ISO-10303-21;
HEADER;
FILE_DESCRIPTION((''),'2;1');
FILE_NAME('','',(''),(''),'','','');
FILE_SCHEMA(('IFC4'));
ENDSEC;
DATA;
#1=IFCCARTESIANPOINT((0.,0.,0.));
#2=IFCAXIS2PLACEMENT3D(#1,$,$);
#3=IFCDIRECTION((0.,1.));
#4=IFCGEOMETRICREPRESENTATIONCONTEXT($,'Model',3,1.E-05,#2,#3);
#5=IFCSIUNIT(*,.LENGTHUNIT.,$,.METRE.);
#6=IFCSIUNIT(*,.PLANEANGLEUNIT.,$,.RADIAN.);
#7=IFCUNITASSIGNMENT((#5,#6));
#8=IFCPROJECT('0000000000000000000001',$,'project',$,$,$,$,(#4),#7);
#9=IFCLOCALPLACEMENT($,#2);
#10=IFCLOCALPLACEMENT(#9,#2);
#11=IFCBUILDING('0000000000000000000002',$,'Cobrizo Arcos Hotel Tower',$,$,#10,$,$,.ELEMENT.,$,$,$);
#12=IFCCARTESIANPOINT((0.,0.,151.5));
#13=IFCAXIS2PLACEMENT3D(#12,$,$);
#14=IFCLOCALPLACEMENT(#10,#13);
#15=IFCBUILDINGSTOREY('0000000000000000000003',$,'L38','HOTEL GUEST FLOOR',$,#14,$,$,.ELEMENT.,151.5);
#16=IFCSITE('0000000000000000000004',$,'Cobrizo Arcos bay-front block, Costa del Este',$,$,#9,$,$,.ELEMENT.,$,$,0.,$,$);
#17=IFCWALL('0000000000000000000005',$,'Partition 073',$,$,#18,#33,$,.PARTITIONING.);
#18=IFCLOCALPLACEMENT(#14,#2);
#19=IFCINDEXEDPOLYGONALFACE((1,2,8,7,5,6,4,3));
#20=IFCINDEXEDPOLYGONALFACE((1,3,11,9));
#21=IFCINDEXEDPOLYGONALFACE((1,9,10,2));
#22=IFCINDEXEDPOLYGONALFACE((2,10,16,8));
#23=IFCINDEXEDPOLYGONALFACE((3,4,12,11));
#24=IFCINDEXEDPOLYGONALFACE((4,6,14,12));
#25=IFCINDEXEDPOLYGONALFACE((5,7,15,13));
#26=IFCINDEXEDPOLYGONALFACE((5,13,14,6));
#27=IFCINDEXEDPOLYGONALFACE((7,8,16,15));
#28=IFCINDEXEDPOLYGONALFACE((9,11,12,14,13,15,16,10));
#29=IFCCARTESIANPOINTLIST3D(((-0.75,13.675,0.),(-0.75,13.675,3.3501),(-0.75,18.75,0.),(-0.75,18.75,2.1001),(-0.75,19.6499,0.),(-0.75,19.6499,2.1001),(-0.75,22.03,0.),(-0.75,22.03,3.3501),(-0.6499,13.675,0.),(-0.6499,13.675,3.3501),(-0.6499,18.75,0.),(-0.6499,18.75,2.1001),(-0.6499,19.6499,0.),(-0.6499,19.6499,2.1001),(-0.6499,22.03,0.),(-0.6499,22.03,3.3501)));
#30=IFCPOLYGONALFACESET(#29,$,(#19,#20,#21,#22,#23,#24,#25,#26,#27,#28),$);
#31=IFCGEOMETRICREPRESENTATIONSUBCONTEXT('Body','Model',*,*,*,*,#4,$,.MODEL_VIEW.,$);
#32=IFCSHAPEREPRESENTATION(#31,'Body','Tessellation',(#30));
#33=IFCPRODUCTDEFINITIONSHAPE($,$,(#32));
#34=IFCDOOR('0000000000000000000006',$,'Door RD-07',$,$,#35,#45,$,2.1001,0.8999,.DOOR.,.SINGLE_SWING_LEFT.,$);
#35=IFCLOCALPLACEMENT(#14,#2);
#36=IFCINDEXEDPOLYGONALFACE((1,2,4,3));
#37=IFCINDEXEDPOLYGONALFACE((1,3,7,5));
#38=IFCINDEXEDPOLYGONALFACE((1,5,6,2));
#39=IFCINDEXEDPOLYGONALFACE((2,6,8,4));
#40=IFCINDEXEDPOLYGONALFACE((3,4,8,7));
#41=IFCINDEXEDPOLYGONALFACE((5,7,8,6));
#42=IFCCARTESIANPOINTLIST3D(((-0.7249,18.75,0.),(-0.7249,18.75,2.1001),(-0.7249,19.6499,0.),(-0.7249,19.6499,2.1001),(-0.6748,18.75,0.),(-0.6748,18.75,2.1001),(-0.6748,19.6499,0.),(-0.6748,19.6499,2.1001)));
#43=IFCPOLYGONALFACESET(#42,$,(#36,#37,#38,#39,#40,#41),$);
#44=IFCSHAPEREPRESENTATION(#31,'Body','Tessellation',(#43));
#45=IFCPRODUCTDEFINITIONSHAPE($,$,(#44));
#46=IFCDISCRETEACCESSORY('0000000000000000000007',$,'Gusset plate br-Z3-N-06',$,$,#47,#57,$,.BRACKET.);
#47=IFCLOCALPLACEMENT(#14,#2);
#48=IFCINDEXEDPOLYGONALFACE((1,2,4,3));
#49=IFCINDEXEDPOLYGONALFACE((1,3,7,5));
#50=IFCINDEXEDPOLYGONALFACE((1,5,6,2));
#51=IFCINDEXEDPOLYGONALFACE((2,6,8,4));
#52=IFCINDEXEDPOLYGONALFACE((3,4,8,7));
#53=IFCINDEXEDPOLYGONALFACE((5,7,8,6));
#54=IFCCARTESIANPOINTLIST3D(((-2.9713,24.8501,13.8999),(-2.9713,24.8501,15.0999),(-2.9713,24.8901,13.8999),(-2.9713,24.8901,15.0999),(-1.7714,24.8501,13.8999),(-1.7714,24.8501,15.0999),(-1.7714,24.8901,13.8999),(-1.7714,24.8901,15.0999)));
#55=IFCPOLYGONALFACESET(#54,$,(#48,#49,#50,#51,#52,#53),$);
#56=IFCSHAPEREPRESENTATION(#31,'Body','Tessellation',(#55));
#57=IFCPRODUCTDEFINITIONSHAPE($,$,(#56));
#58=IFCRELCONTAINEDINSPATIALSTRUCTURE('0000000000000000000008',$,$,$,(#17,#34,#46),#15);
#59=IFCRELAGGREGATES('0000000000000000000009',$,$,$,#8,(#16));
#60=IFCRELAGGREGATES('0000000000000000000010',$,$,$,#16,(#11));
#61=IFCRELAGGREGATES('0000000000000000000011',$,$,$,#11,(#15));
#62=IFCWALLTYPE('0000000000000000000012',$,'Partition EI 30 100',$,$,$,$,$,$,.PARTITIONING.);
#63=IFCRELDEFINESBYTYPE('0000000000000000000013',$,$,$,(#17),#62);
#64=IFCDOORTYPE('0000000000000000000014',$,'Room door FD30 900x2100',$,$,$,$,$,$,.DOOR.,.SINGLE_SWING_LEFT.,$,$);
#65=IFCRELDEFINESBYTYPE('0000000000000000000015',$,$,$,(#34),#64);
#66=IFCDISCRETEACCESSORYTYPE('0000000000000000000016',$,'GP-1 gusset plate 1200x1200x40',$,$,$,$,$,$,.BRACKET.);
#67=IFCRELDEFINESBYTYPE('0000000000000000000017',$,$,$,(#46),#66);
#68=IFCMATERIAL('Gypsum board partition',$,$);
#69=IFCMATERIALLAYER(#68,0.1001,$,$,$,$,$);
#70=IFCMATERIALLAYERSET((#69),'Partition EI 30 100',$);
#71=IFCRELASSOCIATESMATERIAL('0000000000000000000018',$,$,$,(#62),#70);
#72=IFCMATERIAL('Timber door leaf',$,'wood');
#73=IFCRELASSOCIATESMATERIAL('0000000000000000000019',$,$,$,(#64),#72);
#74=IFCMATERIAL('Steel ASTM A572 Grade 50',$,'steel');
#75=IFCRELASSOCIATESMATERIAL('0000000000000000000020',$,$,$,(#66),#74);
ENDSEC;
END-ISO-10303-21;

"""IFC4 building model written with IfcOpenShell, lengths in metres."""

from ifc_helpers import new_model, si_unit, direction, frame, frame_2d, origin, origin_2d, place, context, subcontext, project, spatial, rectangle, extrude, material, layer, layer_set, type_object, element, fill, save


model = new_model("IFC4")

# Units and contexts
model_context = context("Model", 3, precision=1e-05, world=origin(), true_north=direction((0.0, 1.0)))
body_context = subcontext(model_context, "Body", "Model", "MODEL_VIEW")
ifc_project = project(units=[si_unit("LENGTHUNIT", "METRE"), si_unit("PLANEANGLEUNIT", "RADIAN")], contexts=[model_context])

# Site, building, storey
site_placement = place(None, origin())
site = spatial("IfcSite", under=ifc_project, at=site_placement, Name="Cobrizo Arcos bay-front block, Costa del Este", CompositionType="ELEMENT", RefElevation=0.0)
building_placement = place(site_placement, origin())
building = spatial("IfcBuilding", under=site, at=building_placement, Name="Cobrizo Arcos Hotel Tower", CompositionType="ELEMENT")
storey_placement = place(building_placement, frame((0.0, 0.0, 151.5)))
storey = spatial("IfcBuildingStorey", under=building, at=storey_placement, Name="L38", Description="HOTEL GUEST FLOOR", CompositionType="ELEMENT", Elevation=151.5)

# Shared definitions
ifc_material_1 = material(Name="Steel ASTM A572 Grade 50", Category="steel")

# Shared definitions
ifc_material_2 = material(Name="Gypsum board partition")
ifc_layer_1 = layer(ifc_material_2, 0.1001)
ifc_layer_set_1 = layer_set([ifc_layer_1], Name="Partition EI 30 100")
wall_type_1 = type_object("IfcWallType", Name="Partition EI 30 100", PredefinedType="PARTITIONING", material=ifc_layer_set_1)

# Shared definitions
ifc_material_3 = material(Name="Timber door leaf", Category="wood")

# Wall, opening, door
wall_1_placement = place(storey_placement, frame((-0.7, 13.675, 0.0), z_axis=(0.0, 0.0, 1.0), x_axis=(0.0, 1.0, 0.0)))
wall_1 = element("IfcWall", 1, at=wall_1_placement, inside=storey, type_object=wall_type_1, Name="Partition 073", PredefinedType="PARTITIONING", context=body_context, shape_type="SweptSolid", body=[
    extrude(rectangle(XDim=8.355, YDim=0.1001, at=frame_2d((4.1775, 0.0))), origin(), (0.0, 0.0, 1.0), 3.3501),
])
opening_1_placement = place(wall_1_placement, frame((5.075, 0.0, 0.0)))
opening_1 = element("IfcOpeningElement", 2, at=opening_1_placement, cuts=wall_1, PredefinedType="OPENING", context=body_context, shape_type="SweptSolid", body=[
    extrude(rectangle(XDim=0.8999, YDim=2.1001, at=frame_2d((0.45, 1.05))), frame((0.0, 0.062, 0.0), z_axis=(0.0, -1.0, 0.0), x_axis=(1.0, 0.0, 0.0)), (0.0, 0.0, 1.0), 0.124),
])
door_type_1 = type_object("IfcDoorType", Name="Room door FD30 900x2100", OperationType="SINGLE_SWING_LEFT", PredefinedType="DOOR", material=ifc_material_3)
door_1_placement = place(opening_1_placement, origin())
door_1 = element("IfcDoor", 3, at=door_1_placement, inside=storey, type_object=door_type_1, Name="Door RD-07", OperationType="SINGLE_SWING_LEFT", OverallHeight=2.1001, OverallWidth=0.8999, PredefinedType="DOOR", context=body_context, shape_type="SweptSolid", body=[
    extrude(rectangle(XDim=0.8999, YDim=2.1001, at=frame_2d((0.45, 1.05))), frame((0.0, 0.0249, 0.0), z_axis=(0.0, -1.0, 0.0), x_axis=(1.0, 0.0, 0.0)), (0.0, 0.0, 1.0), 0.05),
])
fill(opening_1, door_1)

# Discrete accessory
discrete_accessory_type = type_object("IfcDiscreteAccessoryType", Name="GP-1 gusset plate 1200x1200x40", PredefinedType="BRACKET", material=ifc_material_1)
discrete_accessory_placement = place(storey_placement, frame((-2.3713, 24.8701, 13.8999), z_axis=(0.0, 0.0, 1.0), x_axis=(1.0, 0.0, 0.0)))
element("IfcDiscreteAccessory", 4, at=discrete_accessory_placement, inside=storey, type_object=discrete_accessory_type, Name="Gusset plate br-Z3-N-06", PredefinedType="BRACKET", context=body_context, shape_type="SweptSolid", body=[
    extrude(rectangle(XDim=1.2, YDim=0.04, at=origin_2d()), origin(), (0.0, 0.0, 1.0), 1.2),
])

save(model, "model.ifc")
